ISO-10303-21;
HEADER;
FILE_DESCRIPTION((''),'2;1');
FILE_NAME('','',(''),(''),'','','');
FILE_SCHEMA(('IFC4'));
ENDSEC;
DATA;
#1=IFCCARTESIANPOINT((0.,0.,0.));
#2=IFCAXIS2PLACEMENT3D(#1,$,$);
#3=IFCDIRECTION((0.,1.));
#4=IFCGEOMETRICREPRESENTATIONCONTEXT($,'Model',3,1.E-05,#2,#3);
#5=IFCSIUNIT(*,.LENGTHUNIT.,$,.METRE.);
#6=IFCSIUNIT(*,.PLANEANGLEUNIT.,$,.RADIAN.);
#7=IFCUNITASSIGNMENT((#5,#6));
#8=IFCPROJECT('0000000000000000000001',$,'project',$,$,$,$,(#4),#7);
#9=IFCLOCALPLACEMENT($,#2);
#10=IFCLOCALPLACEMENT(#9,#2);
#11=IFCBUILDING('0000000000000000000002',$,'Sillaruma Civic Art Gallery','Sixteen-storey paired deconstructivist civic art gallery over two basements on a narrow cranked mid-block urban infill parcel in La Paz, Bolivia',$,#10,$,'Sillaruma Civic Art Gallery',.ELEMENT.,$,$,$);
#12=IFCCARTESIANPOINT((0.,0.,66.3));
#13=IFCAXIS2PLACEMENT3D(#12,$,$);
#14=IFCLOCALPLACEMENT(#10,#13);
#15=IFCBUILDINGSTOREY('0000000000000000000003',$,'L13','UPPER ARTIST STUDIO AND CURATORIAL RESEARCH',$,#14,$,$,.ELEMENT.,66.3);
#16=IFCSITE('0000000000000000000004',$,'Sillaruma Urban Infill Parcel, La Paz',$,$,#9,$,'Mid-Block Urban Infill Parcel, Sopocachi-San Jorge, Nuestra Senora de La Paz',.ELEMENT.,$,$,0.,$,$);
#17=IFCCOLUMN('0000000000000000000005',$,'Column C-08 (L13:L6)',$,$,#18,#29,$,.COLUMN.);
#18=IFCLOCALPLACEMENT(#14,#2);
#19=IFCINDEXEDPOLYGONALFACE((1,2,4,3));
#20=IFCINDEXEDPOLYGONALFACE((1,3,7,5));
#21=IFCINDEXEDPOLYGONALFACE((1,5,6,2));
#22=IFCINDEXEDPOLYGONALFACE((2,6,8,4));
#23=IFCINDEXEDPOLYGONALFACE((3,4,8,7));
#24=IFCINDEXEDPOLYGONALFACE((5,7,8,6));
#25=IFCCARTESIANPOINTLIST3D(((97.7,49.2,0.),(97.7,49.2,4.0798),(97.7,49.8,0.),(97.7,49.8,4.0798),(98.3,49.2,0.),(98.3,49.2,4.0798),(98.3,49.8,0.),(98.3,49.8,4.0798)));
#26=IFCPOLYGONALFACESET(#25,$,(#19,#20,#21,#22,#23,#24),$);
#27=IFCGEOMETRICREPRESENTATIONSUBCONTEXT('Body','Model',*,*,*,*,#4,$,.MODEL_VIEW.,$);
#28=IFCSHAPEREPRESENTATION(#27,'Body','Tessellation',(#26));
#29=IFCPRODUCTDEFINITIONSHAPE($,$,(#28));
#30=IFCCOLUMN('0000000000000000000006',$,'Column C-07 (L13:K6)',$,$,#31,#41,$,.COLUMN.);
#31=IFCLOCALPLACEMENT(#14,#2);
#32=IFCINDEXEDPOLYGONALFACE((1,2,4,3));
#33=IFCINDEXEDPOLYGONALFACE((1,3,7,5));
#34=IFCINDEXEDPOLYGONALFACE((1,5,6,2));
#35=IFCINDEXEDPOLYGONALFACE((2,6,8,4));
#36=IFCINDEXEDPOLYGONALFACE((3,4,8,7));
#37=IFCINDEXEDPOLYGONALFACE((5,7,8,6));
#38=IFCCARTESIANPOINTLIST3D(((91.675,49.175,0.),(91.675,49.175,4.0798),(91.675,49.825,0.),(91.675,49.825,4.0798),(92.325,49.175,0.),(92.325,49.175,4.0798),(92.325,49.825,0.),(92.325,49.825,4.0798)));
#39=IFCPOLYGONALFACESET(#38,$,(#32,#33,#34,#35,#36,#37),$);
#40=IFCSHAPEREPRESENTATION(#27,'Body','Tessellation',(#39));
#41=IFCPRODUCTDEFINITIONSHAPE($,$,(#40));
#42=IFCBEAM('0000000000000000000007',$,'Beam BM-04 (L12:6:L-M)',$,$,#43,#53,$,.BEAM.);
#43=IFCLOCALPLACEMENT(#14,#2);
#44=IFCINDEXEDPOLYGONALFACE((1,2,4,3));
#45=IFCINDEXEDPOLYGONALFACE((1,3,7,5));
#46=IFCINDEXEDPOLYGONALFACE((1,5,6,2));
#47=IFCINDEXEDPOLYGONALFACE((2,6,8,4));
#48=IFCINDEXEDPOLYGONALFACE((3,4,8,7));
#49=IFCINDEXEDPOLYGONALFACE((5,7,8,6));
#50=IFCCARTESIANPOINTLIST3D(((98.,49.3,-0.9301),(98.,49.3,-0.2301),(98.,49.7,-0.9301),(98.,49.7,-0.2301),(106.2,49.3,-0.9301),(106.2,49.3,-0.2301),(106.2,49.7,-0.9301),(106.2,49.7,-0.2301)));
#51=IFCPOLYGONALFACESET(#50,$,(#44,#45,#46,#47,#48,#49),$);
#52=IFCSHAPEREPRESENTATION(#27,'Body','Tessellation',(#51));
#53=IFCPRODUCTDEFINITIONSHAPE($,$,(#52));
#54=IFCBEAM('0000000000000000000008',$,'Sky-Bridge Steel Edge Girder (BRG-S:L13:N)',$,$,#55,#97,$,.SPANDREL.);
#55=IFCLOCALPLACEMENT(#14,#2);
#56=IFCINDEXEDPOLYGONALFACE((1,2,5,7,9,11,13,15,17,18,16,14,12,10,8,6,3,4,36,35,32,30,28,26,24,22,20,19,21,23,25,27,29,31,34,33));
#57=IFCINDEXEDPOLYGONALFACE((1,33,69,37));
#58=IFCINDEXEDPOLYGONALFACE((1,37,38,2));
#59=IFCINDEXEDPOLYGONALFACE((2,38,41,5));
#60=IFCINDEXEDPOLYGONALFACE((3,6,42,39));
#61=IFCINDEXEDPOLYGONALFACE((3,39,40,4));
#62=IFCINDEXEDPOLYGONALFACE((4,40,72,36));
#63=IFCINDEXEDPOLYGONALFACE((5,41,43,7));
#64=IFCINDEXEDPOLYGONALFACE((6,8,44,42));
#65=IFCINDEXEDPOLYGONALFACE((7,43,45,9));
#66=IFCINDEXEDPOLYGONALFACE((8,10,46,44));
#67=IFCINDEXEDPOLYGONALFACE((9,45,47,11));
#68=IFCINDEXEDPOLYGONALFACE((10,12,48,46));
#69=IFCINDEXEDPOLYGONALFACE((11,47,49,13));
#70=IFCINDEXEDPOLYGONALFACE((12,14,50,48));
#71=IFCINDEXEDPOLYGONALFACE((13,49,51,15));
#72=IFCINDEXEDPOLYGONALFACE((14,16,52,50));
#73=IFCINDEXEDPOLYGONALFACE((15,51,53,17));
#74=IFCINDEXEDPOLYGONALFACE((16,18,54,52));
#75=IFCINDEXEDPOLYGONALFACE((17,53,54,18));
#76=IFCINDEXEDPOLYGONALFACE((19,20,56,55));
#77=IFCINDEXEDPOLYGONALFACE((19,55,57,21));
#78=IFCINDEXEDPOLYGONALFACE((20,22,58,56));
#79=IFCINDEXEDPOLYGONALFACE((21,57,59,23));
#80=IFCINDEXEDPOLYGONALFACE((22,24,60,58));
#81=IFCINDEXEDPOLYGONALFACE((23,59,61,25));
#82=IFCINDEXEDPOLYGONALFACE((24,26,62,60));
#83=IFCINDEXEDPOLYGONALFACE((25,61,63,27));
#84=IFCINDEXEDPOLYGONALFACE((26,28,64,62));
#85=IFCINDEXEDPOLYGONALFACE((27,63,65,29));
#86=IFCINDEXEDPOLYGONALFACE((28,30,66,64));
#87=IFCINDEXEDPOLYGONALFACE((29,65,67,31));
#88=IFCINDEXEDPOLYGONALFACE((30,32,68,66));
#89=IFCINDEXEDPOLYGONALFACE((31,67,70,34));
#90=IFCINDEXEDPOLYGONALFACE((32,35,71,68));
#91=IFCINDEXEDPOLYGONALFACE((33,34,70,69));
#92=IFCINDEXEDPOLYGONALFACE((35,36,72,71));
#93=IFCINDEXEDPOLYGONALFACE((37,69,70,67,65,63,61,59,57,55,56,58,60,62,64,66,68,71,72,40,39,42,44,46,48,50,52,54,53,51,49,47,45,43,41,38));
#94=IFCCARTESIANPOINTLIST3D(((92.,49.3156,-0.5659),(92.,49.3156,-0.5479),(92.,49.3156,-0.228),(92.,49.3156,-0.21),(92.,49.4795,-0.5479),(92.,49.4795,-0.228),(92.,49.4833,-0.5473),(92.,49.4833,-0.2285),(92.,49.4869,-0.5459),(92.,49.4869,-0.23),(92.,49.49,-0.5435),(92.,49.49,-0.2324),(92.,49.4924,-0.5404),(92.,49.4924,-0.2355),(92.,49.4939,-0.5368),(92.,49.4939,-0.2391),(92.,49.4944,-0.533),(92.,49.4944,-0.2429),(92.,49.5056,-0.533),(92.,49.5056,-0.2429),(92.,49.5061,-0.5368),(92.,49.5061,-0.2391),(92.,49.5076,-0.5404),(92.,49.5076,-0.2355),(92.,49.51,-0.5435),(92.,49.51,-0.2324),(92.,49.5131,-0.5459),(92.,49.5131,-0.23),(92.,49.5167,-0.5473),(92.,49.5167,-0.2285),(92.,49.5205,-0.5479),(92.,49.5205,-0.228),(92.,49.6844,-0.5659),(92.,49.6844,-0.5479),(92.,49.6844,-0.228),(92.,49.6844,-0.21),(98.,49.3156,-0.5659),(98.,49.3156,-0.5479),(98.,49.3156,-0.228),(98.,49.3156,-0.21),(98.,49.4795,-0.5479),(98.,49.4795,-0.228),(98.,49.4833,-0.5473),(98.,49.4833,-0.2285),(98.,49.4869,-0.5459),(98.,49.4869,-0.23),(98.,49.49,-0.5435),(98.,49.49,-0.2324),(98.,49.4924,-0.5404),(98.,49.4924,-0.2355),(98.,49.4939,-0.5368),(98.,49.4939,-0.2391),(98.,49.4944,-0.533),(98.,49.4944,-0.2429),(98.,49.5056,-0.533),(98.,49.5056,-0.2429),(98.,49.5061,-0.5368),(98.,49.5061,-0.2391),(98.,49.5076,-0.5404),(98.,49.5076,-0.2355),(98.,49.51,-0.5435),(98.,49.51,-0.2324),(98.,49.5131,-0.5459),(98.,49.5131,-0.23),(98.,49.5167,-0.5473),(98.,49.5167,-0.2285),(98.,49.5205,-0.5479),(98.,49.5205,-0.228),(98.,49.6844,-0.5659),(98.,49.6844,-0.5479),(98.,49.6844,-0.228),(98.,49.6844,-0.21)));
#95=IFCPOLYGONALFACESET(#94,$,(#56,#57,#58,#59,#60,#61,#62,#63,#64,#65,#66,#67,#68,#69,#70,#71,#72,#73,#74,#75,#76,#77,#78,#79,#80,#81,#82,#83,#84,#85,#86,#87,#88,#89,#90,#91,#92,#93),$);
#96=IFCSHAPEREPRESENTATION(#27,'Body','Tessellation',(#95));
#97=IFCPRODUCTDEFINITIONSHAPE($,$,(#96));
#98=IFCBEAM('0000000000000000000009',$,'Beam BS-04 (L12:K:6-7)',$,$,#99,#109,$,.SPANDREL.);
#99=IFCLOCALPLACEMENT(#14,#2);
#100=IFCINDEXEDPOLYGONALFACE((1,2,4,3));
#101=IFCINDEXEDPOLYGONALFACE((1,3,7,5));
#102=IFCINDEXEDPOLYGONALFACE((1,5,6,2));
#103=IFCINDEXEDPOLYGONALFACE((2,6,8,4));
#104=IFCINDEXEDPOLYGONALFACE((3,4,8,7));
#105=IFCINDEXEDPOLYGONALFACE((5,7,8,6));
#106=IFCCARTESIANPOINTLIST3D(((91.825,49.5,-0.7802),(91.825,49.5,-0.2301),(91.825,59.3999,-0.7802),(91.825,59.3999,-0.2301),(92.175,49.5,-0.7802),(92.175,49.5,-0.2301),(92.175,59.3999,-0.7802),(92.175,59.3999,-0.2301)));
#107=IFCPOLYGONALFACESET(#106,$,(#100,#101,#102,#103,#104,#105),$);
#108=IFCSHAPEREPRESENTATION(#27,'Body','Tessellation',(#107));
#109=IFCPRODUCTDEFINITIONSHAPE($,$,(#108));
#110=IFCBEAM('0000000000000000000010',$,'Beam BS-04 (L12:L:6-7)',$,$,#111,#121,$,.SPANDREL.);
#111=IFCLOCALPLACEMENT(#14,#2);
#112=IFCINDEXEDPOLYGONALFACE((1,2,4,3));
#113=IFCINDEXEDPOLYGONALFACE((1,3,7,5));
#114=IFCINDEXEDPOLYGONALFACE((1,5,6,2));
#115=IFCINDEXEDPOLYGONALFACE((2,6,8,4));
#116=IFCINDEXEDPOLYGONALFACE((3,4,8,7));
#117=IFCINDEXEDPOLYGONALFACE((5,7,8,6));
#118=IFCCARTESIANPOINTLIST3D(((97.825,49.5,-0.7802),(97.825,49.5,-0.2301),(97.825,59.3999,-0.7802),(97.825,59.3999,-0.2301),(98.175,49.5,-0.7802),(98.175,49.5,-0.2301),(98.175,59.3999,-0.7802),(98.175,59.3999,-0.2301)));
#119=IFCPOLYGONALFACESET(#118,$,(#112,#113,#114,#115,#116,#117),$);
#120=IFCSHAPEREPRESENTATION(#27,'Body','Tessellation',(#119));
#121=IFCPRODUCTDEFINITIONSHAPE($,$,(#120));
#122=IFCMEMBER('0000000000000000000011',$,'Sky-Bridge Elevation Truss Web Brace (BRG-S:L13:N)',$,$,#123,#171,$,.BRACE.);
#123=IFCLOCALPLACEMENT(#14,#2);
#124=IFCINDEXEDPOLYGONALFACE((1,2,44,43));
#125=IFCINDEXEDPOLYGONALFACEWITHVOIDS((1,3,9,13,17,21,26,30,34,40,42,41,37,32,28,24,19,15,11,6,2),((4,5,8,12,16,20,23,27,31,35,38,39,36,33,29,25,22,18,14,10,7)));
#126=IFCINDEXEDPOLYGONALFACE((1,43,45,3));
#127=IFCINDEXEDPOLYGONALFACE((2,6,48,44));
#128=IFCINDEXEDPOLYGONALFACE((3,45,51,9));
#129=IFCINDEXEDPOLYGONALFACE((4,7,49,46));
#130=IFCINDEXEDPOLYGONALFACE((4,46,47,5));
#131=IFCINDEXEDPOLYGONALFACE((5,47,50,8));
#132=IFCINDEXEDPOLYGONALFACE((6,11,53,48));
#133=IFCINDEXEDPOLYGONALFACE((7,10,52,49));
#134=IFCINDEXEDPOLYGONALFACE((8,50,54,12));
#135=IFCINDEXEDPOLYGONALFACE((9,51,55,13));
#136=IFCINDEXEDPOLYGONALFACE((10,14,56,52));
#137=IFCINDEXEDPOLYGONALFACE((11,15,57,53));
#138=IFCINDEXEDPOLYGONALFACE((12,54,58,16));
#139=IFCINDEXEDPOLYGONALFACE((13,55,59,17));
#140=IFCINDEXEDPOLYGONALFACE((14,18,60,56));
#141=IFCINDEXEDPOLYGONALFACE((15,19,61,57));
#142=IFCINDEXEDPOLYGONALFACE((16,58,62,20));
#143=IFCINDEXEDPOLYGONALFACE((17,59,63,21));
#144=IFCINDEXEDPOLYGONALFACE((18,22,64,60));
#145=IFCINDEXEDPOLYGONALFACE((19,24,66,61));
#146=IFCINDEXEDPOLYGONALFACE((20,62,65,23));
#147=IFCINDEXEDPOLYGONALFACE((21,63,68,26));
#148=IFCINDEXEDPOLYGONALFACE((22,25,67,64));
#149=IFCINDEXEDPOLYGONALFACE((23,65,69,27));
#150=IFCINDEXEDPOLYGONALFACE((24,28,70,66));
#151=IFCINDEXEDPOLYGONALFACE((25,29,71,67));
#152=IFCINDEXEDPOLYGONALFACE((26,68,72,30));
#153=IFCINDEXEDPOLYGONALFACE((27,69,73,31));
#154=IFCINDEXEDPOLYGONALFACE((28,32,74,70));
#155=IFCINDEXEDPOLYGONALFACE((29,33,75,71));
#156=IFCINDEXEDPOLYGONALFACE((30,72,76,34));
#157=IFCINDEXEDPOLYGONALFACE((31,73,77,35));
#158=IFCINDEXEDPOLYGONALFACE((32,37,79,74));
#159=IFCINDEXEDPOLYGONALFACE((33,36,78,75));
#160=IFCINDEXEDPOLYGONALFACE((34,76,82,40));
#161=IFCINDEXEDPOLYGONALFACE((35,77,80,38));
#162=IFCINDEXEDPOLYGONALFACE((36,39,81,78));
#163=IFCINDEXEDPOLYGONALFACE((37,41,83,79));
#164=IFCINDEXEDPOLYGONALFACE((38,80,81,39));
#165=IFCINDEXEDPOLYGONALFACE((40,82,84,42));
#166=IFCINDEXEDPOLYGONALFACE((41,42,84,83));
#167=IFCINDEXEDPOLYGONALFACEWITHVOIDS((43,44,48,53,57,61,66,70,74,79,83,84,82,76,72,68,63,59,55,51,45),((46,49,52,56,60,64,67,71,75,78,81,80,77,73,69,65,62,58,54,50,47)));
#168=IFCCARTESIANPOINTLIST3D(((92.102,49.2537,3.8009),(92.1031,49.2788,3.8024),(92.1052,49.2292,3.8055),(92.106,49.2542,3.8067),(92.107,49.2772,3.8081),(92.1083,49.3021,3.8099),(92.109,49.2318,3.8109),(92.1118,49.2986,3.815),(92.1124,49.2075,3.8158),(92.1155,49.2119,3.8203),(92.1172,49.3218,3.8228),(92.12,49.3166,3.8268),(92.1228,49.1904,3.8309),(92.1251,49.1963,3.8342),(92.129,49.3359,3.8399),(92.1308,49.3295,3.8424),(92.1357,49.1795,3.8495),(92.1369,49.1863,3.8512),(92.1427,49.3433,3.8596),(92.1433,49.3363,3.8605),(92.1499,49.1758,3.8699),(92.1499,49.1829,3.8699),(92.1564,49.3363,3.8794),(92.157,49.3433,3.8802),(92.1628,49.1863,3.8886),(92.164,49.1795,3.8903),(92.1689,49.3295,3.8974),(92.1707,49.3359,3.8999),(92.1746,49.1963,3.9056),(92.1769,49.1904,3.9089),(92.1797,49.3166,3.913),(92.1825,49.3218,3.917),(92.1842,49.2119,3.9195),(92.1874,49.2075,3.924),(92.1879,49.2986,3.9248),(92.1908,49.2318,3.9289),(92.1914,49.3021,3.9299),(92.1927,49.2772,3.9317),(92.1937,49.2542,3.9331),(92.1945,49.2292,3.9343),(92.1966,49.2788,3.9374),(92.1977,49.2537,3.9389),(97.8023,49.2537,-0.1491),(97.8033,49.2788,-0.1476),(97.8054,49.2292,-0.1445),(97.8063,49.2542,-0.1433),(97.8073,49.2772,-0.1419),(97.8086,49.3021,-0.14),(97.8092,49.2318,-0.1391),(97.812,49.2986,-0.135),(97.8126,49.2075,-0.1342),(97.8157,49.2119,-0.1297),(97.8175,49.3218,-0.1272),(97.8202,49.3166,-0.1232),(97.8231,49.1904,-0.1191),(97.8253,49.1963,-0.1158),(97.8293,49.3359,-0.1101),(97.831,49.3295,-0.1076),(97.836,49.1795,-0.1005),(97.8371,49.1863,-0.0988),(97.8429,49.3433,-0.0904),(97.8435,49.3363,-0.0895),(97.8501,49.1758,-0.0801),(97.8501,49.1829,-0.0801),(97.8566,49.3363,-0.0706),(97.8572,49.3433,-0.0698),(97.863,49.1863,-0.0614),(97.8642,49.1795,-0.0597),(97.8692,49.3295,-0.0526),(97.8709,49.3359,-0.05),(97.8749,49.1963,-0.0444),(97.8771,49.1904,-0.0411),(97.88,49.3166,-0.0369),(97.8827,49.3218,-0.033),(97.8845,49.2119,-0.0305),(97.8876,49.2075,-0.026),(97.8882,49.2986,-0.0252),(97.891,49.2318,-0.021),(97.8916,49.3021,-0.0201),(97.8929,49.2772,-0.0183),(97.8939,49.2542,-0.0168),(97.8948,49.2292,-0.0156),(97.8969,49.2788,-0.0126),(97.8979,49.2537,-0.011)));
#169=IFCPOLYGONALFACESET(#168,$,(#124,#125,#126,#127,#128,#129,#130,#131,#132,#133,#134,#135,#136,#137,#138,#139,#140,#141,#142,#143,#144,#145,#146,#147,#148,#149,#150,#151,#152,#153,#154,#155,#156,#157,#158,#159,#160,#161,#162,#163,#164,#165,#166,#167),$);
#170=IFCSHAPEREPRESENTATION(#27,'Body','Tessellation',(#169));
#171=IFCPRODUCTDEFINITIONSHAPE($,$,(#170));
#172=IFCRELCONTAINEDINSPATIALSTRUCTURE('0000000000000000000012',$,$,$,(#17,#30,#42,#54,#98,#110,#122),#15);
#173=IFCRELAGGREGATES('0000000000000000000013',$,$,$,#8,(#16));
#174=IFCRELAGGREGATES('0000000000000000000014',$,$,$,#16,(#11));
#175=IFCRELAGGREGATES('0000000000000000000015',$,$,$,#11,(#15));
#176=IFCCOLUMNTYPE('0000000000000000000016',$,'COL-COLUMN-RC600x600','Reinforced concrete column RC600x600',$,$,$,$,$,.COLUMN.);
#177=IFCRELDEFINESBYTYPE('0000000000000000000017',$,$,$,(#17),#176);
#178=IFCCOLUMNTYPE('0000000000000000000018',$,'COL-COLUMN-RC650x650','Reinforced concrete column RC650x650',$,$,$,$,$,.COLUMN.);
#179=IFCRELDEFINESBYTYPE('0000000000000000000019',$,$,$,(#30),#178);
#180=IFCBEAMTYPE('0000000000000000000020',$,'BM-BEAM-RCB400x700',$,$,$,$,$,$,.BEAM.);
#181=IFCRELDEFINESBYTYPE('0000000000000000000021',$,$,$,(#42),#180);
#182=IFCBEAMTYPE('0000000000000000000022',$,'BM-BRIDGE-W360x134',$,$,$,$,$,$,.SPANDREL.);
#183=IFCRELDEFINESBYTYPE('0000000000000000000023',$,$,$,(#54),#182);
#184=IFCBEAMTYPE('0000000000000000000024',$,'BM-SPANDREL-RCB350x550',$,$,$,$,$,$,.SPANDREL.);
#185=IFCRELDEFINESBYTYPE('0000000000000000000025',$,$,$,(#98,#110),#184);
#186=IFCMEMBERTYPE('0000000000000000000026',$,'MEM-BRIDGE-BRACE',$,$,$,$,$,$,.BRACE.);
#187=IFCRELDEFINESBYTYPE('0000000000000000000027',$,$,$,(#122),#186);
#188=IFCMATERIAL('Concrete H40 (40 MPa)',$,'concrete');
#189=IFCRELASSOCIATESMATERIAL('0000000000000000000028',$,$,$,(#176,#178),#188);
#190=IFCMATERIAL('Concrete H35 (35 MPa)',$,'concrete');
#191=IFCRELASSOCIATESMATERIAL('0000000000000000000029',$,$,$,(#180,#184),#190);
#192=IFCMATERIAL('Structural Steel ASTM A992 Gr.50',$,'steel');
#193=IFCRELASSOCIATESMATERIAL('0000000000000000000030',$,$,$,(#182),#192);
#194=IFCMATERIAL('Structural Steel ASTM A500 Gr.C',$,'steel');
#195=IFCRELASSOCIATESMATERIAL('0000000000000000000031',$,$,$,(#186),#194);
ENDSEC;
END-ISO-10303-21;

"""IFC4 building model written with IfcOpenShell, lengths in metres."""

from ifc_helpers import new_model, si_unit, direction, frame, origin, origin_2d, place, context, subcontext, project, spatial, rectangle, hollow_circle, i_section, extrude, material, material_profile, profile_set, type_object, element, save


model = new_model("IFC4")

# Units and contexts
model_context = context("Model", 3, precision=1e-05, world=origin(), true_north=direction((0.0, 1.0)))
body_context = subcontext(model_context, "Body", "Model", "MODEL_VIEW")
ifc_project = project(units=[si_unit("LENGTHUNIT", "METRE"), si_unit("PLANEANGLEUNIT", "RADIAN")], contexts=[model_context])

# Site, building, storey
site_placement = place(None, origin())
site = spatial("IfcSite", under=ifc_project, at=site_placement, Name="Sillaruma Urban Infill Parcel, La Paz", LongName="Mid-Block Urban Infill Parcel, Sopocachi-San Jorge, Nuestra Senora de La Paz", CompositionType="ELEMENT", RefElevation=0.0)
building_placement = place(site_placement, origin())
building = spatial("IfcBuilding", under=site, at=building_placement, Name="Sillaruma Civic Art Gallery", Description="Sixteen-storey paired deconstructivist civic art gallery over two basements on a narrow cranked mid-block urban infill parcel in La Paz, Bolivia", LongName="Sillaruma Civic Art Gallery", CompositionType="ELEMENT")
storey_placement = place(building_placement, frame((0.0, 0.0, 66.3)))
storey = spatial("IfcBuildingStorey", under=building, at=storey_placement, Name="L13", Description="UPPER ARTIST STUDIO AND CURATORIAL RESEARCH", CompositionType="ELEMENT", Elevation=66.3)

# Columns
ifc_material_1 = material(Name="Concrete H40 (40 MPa)", Category="concrete")
ifc_material_profile_1 = material_profile(ifc_material_1, rectangle(XDim=0.6001, YDim=0.6001, at=origin_2d()), Name="RC600x600")
ifc_profile_set_1 = profile_set([ifc_material_profile_1], Name="Concrete H40 (40 MPa)")
column_type_1 = type_object("IfcColumnType", Name="COL-COLUMN-RC600x600", Description="Reinforced concrete column RC600x600", PredefinedType="COLUMN", material=ifc_profile_set_1)
column_1_placement = place(storey_placement, frame((98.0, 49.5, 0.0), z_axis=(0.0, 0.0, 1.0), x_axis=(1.0, 0.0, 0.0)))
element("IfcColumn", 1, at=column_1_placement, inside=storey, type_object=column_type_1, Name="Column C-08 (L13:L6)", PredefinedType="COLUMN", context=body_context, shape_type="SweptSolid", body=[
    extrude(rectangle(XDim=0.6001, YDim=0.6001, at=origin_2d()), origin(), (0.0, 0.0, 1.0), 4.0798),
])
ifc_material_profile_2 = material_profile(ifc_material_1, rectangle(XDim=0.6499, YDim=0.6499, at=origin_2d()), Name="RC650x650")
ifc_profile_set_2 = profile_set([ifc_material_profile_2], Name="Concrete H40 (40 MPa)")
column_type_2 = type_object("IfcColumnType", Name="COL-COLUMN-RC650x650", Description="Reinforced concrete column RC650x650", PredefinedType="COLUMN", material=ifc_profile_set_2)
column_2_placement = place(storey_placement, frame((92.0, 49.5, 0.0), z_axis=(0.0, 0.0, 1.0), x_axis=(1.0, 0.0, 0.0)))
element("IfcColumn", 2, at=column_2_placement, inside=storey, type_object=column_type_2, Name="Column C-07 (L13:K6)", PredefinedType="COLUMN", context=body_context, shape_type="SweptSolid", body=[
    extrude(rectangle(XDim=0.6499, YDim=0.6499, at=origin_2d()), origin(), (0.0, 0.0, 1.0), 4.0798),
])

# Beams
ifc_material_2 = material(Name="Concrete H35 (35 MPa)", Category="concrete")
ifc_material_profile_3 = material_profile(ifc_material_2, rectangle(XDim=0.3999, YDim=0.7, at=origin_2d()), Name="RCB400x700")
ifc_profile_set_3 = profile_set([ifc_material_profile_3], Name="Concrete H35 (35 MPa)")
beam_type_1 = type_object("IfcBeamType", Name="BM-BEAM-RCB400x700", PredefinedType="BEAM", material=ifc_profile_set_3)
beam_1_placement = place(storey_placement, frame((98.0, 49.5, -0.5801), z_axis=(1.0, 0.0, 0.0), x_axis=(0.0, 1.0, 0.0)))
element("IfcBeam", 3, at=beam_1_placement, inside=storey, type_object=beam_type_1, Name="Beam BM-04 (L12:6:L-M)", PredefinedType="BEAM", context=body_context, shape_type="SweptSolid", body=[
    extrude(rectangle(XDim=0.3999, YDim=0.7, at=origin_2d()), origin(), (0.0, 0.0, 1.0), 8.2),
])
ifc_material_3 = material(Name="Structural Steel ASTM A992 Gr.50", Category="steel")
ifc_material_profile_4 = material_profile(ifc_material_3, i_section(OverallWidth=0.3689, OverallDepth=0.356, WebThickness=0.0112, FlangeThickness=0.0181, FilletRadius=0.0149, at=origin_2d()), Name="W360x134")
ifc_profile_set_4 = profile_set([ifc_material_profile_4], Name="Structural Steel ASTM A992 Gr.50")
beam_type_2 = type_object("IfcBeamType", Name="BM-BRIDGE-W360x134", PredefinedType="SPANDREL", material=ifc_profile_set_4)
beam_2_placement = place(storey_placement, frame((92.0, 49.5, -0.3879), z_axis=(1.0, 0.0, 0.0), x_axis=(0.0, 1.0, 0.0)))
element("IfcBeam", 4, at=beam_2_placement, inside=storey, type_object=beam_type_2, Name="Sky-Bridge Steel Edge Girder (BRG-S:L13:N)", PredefinedType="SPANDREL", context=body_context, shape_type="SweptSolid", body=[
    extrude(i_section(OverallWidth=0.3689, OverallDepth=0.356, WebThickness=0.0112, FlangeThickness=0.0181, FilletRadius=0.0149, at=origin_2d()), origin(), (0.0, 0.0, 1.0), 6.0),
])
ifc_material_profile_5 = material_profile(ifc_material_2, rectangle(XDim=0.3501, YDim=0.55, at=origin_2d()), Name="RCB350x550")
ifc_profile_set_5 = profile_set([ifc_material_profile_5], Name="Concrete H35 (35 MPa)")
beam_type_3 = type_object("IfcBeamType", Name="BM-SPANDREL-RCB350x550", PredefinedType="SPANDREL", material=ifc_profile_set_5)
for number, where, z_axis, x_axis, name in (
    (5, (92.0, 49.5, -0.5051), (0.0, 1.0, 0.0), (-1.0, 0.0, 0.0), "Beam BS-04 (L12:K:6-7)"),
    (6, (98.0, 49.5, -0.5051), (0.0, 1.0, 0.0), (-1.0, 0.0, 0.0), "Beam BS-04 (L12:L:6-7)"),
):
    element("IfcBeam", number, at=place(storey_placement, frame(where, z_axis=z_axis, x_axis=x_axis)), inside=storey, type_object=beam_type_3, Name=name, PredefinedType="SPANDREL", context=body_context, shape_type="SweptSolid", body=[
        extrude(rectangle(XDim=0.3501, YDim=0.55, at=origin_2d()), origin(), (0.0, 0.0, 1.0), 9.8999),
    ])

# Member
ifc_material_4 = material(Name="Structural Steel ASTM A500 Gr.C", Category="steel")
ifc_material_profile_6 = material_profile(ifc_material_4, hollow_circle(Radius=0.0842, WallThickness=0.0071, at=origin_2d()), Name="CHS168.3x7.1")
ifc_profile_set_6 = profile_set([ifc_material_profile_6], Name="Structural Steel ASTM A500 Gr.C")
member_type_1 = type_object("IfcMemberType", Name="MEM-BRIDGE-BRACE", PredefinedType="BRACE", material=ifc_profile_set_6)
member_1_placement = place(storey_placement, frame((97.8501, 49.26, -0.0801), z_axis=(-0.821945, 0.0, 0.569567), x_axis=(0.0, -1.0, 0.0)))
element("IfcMember", 7, at=member_1_placement, inside=storey, type_object=member_type_1, Name="Sky-Bridge Elevation Truss Web Brace (BRG-S:L13:N)", PredefinedType="BRACE", context=body_context, shape_type="SweptSolid", body=[
    extrude(hollow_circle(Radius=0.0842, WallThickness=0.0071, at=origin_2d()), origin(), (0.0, 0.0, 1.0), 6.9351),
])

save(model, "model.ifc")
